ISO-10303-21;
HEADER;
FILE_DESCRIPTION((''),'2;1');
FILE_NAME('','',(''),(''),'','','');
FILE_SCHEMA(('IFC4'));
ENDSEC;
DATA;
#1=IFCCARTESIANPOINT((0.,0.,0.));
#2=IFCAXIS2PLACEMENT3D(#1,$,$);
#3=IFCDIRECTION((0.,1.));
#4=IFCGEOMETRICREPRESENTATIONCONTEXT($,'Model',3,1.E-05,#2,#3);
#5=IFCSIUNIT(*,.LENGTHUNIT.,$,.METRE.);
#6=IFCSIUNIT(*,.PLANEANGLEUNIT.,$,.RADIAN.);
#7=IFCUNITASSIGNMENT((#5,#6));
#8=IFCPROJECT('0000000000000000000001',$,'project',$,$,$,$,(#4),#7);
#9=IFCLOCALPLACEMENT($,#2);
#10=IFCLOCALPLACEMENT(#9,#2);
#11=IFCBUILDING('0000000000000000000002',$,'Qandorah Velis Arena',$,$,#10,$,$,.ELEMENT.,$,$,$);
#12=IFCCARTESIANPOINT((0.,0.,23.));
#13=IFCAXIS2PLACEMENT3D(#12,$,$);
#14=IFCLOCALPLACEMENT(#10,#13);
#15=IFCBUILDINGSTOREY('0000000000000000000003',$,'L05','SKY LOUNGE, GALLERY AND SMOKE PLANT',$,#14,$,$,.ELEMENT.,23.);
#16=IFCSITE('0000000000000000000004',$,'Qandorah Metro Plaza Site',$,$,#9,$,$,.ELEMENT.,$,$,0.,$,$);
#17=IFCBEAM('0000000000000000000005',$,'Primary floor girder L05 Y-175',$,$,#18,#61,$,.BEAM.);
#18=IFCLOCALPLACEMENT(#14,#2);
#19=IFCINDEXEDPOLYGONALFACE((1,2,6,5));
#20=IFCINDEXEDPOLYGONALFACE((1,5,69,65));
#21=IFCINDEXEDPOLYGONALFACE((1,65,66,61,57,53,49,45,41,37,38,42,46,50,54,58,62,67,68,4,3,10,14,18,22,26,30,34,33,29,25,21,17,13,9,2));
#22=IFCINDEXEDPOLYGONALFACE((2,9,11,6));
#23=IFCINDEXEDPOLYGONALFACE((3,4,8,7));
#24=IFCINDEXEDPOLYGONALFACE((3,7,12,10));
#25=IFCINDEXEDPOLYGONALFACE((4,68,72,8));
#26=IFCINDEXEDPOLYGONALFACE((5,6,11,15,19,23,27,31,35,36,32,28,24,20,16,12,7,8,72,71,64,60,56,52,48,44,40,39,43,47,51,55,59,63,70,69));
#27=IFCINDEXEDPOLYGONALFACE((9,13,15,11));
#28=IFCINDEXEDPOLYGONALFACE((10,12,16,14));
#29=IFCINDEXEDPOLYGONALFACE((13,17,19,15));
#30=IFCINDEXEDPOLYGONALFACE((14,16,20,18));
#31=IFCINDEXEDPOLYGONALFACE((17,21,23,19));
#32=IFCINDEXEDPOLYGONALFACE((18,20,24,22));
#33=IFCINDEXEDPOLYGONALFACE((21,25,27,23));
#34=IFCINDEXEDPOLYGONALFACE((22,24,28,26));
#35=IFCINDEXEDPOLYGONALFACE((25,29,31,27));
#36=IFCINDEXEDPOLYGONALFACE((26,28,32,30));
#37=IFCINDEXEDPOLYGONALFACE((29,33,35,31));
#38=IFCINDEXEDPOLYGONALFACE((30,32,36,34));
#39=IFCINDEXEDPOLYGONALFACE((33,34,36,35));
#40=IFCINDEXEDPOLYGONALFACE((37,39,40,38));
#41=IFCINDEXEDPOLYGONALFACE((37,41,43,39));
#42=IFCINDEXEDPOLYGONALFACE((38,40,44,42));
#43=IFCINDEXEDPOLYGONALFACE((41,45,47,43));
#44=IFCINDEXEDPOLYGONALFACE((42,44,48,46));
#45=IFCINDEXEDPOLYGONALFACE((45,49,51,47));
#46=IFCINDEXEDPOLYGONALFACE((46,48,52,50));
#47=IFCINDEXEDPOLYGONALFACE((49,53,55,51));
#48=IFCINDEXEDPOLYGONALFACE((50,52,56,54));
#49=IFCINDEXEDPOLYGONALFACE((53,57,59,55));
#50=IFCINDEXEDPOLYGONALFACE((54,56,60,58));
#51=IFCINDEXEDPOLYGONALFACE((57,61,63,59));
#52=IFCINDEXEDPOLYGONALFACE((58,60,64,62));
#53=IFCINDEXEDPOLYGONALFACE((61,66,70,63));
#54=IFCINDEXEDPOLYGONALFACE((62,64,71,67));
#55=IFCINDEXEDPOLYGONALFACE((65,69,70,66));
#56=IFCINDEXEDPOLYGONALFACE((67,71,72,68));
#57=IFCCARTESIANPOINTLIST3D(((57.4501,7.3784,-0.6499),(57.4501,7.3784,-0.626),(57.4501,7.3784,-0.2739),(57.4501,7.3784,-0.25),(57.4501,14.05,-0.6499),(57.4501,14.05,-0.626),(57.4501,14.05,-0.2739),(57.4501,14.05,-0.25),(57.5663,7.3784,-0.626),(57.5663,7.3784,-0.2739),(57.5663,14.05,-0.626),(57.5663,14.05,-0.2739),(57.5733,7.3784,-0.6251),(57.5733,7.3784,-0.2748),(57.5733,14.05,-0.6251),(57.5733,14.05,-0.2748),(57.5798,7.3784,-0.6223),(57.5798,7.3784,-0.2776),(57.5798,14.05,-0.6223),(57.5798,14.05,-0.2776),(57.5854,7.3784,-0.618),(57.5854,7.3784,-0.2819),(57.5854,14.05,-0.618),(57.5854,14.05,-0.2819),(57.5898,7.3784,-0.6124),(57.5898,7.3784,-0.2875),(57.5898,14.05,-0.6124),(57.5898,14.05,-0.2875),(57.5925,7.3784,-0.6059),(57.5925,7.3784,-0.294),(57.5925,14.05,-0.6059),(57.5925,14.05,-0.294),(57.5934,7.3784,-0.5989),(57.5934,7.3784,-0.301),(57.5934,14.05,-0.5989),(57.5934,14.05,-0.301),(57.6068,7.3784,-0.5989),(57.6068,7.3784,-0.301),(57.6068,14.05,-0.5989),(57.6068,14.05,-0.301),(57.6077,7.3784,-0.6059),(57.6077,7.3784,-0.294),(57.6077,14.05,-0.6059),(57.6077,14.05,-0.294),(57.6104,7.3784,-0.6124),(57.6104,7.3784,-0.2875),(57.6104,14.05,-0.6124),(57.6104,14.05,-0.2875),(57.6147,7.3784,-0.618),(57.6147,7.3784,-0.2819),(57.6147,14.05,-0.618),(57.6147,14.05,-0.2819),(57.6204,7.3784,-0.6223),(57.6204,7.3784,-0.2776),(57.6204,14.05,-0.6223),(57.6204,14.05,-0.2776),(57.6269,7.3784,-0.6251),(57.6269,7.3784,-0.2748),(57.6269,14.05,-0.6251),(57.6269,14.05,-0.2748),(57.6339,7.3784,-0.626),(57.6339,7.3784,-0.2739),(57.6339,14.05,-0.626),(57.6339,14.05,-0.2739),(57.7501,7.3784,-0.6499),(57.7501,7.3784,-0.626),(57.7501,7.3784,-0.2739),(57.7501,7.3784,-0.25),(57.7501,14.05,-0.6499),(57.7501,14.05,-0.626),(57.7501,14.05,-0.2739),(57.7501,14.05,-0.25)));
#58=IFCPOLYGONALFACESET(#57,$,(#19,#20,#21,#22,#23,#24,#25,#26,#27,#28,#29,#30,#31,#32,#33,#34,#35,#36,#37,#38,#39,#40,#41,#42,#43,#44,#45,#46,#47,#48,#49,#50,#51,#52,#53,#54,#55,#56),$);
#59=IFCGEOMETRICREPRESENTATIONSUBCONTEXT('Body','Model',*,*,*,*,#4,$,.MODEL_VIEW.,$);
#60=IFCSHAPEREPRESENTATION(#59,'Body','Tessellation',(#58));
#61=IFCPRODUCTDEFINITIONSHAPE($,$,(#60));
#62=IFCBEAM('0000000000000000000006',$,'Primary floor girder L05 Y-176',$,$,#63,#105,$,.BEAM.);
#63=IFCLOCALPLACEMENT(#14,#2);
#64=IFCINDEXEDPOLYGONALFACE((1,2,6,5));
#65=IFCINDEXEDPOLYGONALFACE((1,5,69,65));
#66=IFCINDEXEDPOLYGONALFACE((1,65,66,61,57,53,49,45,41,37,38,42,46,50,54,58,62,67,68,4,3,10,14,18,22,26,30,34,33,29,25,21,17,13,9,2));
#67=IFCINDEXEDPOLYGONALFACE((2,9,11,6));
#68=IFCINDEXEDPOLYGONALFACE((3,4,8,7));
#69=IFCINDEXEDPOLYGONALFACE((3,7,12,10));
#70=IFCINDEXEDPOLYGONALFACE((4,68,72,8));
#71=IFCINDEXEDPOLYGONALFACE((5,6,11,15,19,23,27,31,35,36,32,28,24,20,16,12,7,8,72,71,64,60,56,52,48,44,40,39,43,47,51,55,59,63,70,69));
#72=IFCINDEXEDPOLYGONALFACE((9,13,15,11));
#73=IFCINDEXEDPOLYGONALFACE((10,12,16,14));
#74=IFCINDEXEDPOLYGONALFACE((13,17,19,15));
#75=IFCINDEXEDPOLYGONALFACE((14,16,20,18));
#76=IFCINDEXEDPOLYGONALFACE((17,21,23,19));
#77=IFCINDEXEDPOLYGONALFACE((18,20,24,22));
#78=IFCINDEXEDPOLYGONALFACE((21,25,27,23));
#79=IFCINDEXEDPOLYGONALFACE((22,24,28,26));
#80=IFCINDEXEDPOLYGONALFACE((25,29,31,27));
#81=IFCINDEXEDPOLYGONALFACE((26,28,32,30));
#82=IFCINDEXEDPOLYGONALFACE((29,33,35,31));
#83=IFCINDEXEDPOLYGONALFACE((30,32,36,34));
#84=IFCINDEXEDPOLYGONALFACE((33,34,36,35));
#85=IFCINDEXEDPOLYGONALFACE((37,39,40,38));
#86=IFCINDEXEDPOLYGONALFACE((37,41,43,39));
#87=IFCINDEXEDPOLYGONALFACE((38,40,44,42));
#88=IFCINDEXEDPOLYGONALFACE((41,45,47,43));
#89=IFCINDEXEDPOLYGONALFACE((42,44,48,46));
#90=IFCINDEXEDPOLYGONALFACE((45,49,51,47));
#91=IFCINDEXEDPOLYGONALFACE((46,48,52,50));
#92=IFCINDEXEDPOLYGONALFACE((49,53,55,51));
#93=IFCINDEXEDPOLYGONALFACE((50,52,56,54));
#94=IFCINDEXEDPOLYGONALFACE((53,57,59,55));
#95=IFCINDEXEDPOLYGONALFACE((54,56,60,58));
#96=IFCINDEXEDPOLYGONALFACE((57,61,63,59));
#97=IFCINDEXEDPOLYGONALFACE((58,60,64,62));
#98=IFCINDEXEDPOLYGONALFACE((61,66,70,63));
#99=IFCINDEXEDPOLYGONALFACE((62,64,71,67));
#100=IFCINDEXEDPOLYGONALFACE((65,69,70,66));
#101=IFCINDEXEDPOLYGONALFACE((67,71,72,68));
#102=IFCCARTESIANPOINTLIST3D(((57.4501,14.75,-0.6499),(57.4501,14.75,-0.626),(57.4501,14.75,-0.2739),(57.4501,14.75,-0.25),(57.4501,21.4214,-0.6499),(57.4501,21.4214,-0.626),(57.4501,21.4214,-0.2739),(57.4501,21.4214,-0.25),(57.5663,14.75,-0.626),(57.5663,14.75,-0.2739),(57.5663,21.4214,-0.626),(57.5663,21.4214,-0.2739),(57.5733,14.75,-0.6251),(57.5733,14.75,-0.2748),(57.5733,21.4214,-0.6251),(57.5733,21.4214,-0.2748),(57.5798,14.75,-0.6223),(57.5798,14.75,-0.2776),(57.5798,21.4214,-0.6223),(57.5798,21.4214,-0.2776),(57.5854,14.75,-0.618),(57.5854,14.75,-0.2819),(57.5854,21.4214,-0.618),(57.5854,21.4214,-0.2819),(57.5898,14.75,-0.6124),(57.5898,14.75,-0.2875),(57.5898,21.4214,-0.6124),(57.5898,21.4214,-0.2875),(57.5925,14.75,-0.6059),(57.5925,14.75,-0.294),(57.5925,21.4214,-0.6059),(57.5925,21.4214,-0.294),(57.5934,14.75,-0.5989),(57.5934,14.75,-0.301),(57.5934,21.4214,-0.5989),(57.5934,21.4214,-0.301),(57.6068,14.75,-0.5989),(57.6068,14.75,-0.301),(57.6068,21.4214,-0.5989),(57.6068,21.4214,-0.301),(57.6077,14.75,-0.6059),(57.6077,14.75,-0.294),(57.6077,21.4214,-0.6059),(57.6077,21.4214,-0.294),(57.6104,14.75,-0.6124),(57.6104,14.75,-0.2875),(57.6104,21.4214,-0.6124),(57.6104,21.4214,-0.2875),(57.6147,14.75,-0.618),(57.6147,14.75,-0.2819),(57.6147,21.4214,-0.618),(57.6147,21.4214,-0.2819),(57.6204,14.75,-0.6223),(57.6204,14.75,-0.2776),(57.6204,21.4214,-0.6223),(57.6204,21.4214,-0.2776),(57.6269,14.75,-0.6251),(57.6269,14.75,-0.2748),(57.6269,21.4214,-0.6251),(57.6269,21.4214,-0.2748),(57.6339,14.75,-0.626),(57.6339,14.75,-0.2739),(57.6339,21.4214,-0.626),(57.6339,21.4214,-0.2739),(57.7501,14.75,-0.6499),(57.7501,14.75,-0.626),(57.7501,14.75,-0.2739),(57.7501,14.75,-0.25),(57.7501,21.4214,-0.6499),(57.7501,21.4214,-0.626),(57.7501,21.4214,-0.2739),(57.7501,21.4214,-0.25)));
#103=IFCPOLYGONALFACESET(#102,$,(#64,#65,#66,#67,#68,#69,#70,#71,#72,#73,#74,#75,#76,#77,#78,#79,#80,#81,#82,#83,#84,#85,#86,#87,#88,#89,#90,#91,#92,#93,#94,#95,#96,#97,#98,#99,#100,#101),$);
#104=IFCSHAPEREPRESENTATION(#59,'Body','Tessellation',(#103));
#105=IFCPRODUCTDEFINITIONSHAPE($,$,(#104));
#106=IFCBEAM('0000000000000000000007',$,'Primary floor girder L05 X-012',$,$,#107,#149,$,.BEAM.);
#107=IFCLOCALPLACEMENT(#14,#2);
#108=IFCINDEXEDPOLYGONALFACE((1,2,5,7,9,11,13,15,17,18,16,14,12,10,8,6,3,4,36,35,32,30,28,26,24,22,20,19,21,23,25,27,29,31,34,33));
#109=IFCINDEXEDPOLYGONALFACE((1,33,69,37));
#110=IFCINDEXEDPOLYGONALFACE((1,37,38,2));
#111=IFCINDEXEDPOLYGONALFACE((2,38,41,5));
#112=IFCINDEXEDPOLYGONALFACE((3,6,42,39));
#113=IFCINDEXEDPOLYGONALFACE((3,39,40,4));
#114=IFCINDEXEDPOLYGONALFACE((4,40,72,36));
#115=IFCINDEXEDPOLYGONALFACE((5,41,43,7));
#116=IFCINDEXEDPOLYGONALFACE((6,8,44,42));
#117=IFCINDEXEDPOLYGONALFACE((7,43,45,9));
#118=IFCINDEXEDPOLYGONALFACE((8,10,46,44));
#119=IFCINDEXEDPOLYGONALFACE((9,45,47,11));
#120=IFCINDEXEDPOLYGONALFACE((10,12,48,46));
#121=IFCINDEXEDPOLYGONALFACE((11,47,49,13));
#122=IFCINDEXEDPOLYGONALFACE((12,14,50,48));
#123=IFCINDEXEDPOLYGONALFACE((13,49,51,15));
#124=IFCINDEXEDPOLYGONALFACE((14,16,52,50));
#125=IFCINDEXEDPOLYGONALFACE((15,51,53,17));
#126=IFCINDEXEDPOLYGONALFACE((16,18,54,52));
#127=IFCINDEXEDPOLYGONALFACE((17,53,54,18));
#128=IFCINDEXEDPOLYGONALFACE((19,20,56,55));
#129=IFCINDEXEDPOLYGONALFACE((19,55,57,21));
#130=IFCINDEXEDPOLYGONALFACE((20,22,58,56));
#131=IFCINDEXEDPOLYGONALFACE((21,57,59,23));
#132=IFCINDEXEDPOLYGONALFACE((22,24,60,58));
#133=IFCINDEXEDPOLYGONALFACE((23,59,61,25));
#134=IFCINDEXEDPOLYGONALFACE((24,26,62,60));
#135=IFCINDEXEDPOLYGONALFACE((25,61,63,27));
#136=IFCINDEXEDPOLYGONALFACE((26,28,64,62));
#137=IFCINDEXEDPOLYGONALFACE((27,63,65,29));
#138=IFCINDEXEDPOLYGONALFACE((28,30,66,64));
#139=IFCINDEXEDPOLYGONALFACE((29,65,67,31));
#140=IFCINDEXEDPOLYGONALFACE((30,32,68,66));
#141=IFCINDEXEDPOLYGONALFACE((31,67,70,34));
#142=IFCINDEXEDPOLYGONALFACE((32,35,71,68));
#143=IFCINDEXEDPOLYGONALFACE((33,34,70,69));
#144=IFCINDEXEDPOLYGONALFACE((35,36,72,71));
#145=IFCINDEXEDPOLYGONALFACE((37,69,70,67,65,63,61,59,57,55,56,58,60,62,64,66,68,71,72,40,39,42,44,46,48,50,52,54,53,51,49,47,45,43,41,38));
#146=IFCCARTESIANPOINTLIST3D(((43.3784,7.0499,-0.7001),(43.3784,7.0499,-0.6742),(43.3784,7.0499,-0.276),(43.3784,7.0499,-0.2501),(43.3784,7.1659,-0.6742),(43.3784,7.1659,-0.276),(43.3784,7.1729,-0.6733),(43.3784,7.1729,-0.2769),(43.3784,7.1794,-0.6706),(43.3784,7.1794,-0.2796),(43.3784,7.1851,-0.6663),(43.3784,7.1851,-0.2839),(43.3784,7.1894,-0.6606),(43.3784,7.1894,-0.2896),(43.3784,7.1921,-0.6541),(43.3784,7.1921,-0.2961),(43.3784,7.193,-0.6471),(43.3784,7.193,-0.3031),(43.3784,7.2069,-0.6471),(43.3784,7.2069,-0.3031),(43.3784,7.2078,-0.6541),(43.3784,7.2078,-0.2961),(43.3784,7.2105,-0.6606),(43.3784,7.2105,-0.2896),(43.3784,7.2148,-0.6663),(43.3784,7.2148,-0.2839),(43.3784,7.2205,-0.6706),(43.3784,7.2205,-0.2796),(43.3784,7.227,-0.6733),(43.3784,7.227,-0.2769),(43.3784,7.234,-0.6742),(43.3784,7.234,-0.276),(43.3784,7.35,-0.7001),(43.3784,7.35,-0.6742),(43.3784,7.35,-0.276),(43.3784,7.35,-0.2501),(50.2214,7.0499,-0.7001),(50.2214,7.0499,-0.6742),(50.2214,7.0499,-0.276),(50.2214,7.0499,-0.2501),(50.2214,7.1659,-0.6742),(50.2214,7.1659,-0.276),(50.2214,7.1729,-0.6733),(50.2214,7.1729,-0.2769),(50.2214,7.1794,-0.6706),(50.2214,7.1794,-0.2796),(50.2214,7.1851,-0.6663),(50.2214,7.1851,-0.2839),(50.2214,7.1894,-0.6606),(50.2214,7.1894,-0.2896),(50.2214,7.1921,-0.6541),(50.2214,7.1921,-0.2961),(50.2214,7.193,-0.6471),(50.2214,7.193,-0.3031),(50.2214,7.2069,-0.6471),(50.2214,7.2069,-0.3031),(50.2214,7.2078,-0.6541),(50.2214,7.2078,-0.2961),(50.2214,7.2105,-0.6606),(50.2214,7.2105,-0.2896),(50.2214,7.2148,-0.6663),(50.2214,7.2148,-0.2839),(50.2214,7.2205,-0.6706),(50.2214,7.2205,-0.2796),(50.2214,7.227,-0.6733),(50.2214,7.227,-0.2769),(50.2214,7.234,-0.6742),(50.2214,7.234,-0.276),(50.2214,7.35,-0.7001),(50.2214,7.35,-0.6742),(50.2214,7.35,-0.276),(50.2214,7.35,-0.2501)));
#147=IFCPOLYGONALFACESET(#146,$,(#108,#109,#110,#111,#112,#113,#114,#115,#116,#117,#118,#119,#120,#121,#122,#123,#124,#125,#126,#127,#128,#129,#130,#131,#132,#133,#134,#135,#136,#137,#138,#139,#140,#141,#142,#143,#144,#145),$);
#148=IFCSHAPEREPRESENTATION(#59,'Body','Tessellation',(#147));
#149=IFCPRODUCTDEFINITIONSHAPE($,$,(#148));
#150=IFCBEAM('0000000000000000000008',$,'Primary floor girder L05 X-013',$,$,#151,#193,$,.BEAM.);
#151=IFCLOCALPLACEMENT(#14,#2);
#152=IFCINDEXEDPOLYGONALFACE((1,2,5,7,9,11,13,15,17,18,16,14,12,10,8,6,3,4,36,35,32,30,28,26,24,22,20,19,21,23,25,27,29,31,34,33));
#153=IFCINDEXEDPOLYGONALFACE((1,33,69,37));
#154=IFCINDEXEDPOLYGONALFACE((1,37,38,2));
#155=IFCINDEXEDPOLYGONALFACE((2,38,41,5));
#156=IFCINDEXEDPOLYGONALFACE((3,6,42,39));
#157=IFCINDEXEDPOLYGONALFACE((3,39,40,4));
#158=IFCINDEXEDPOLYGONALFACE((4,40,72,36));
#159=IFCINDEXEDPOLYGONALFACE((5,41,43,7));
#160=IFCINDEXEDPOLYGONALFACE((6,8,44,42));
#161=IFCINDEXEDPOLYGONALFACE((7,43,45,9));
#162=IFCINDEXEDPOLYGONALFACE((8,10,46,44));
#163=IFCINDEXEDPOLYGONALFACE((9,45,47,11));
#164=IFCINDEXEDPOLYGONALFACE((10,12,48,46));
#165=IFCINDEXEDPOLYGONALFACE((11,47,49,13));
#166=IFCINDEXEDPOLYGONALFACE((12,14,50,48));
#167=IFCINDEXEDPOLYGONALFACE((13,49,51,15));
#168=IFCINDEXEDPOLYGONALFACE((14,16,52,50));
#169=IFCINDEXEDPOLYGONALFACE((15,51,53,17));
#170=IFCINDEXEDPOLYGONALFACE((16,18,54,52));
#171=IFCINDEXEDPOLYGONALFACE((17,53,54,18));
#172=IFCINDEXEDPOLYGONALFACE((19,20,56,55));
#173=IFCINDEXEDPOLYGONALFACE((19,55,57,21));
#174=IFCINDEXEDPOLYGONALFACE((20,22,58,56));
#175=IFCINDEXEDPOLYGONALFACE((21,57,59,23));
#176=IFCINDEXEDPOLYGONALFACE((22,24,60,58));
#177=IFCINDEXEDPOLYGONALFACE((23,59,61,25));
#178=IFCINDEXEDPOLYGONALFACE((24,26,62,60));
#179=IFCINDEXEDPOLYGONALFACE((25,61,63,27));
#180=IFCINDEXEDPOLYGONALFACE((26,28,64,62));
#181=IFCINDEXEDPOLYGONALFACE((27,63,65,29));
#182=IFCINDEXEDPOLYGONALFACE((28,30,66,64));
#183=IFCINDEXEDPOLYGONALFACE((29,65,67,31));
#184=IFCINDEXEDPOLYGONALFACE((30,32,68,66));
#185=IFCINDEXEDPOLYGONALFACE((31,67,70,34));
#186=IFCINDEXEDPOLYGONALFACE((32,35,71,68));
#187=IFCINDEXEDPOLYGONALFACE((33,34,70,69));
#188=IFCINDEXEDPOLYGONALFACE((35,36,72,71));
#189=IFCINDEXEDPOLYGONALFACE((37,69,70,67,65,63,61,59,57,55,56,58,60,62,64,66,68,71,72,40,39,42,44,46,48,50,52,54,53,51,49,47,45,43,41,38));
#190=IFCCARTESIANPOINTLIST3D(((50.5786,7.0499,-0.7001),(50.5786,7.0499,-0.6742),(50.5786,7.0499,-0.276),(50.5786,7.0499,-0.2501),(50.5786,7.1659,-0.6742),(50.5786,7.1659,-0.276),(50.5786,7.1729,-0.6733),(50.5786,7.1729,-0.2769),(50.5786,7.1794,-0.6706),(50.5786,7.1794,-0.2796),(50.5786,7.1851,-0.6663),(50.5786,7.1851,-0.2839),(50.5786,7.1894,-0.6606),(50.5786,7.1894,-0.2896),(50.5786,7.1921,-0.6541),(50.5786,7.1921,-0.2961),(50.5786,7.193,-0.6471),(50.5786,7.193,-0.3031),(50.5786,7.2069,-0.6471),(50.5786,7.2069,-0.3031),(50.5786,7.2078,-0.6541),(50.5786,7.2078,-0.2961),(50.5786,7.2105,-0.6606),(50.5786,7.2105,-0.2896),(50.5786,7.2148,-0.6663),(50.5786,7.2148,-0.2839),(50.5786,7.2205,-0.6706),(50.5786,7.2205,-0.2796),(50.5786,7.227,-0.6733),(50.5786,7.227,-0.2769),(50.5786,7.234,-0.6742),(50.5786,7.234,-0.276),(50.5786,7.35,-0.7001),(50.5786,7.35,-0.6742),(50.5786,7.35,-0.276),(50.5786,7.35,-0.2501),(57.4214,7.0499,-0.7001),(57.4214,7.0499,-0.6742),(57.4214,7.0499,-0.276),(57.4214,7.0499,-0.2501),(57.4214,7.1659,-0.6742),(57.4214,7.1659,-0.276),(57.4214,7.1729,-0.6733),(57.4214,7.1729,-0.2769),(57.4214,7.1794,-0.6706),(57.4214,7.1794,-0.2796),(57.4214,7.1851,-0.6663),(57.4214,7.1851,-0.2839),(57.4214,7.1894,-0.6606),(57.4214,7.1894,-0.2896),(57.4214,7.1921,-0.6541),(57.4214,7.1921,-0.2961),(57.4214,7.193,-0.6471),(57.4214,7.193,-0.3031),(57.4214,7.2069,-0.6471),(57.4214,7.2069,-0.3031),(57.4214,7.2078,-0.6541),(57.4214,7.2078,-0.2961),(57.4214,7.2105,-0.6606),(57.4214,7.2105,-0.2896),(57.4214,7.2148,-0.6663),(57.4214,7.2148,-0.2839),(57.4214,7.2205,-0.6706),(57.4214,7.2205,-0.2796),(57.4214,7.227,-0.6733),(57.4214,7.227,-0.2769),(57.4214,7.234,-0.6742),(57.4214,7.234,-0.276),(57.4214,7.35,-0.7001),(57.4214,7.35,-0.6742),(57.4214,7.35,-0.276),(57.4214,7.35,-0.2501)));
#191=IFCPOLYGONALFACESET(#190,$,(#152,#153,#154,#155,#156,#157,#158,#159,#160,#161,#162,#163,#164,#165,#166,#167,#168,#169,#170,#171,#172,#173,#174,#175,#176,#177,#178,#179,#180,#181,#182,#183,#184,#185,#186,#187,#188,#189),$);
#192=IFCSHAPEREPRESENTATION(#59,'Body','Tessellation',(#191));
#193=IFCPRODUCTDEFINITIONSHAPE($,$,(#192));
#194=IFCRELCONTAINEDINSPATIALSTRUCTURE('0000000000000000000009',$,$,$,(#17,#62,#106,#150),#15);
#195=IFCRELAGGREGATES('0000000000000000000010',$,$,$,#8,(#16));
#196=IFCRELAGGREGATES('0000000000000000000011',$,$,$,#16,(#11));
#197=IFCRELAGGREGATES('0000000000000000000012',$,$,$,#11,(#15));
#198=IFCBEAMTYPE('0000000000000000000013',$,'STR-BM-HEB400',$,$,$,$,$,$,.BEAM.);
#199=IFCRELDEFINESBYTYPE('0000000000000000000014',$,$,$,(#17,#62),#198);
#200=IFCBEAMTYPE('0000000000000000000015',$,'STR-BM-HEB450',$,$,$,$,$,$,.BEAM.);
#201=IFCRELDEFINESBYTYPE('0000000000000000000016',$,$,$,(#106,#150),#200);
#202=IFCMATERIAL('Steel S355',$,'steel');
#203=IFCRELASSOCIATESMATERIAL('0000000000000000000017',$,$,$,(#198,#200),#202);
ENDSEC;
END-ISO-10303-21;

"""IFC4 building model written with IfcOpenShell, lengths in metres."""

from ifc_helpers import new_model, si_unit, direction, frame, origin, origin_2d, place, context, subcontext, project, spatial, i_section, extrude, material, material_profile, profile_set, type_object, element, save


model = new_model("IFC4")

# Units and contexts
model_context = context("Model", 3, precision=1e-05, world=origin(), true_north=direction((0.0, 1.0)))
body_context = subcontext(model_context, "Body", "Model", "MODEL_VIEW")
ifc_project = project(units=[si_unit("LENGTHUNIT", "METRE"), si_unit("PLANEANGLEUNIT", "RADIAN")], contexts=[model_context])

# Site, building, storey
site_placement = place(None, origin())
site = spatial("IfcSite", under=ifc_project, at=site_placement, Name="Qandorah Metro Plaza Site", CompositionType="ELEMENT", RefElevation=0.0)
building_placement = place(site_placement, origin())
building = spatial("IfcBuilding", under=site, at=building_placement, Name="Qandorah Velis Arena", CompositionType="ELEMENT")
storey_placement = place(building_placement, frame((0.0, 0.0, 23.0)))
storey = spatial("IfcBuildingStorey", under=building, at=storey_placement, Name="L05", Description="SKY LOUNGE, GALLERY AND SMOKE PLANT", CompositionType="ELEMENT", Elevation=23.0)

# Beams
ifc_material_1 = material(Name="Steel S355", Category="steel")
ifc_material_profile_1 = material_profile(ifc_material_1, i_section(OverallWidth=0.3, OverallDepth=0.3999, WebThickness=0.0134, FlangeThickness=0.0239, FilletRadius=0.0271, at=origin_2d()), Name="HEB 400")
ifc_profile_set_1 = profile_set([ifc_material_profile_1], Name="Steel S355")
beam_type_1 = type_object("IfcBeamType", Name="STR-BM-HEB400", PredefinedType="BEAM", material=ifc_profile_set_1)
beam_1_placement = place(storey_placement, frame((57.6001, 7.3784, -0.45), z_axis=(0.0, 1.0, 0.0), x_axis=(-1.0, 0.0, 0.0)))
element("IfcBeam", 1, at=beam_1_placement, inside=storey, type_object=beam_type_1, Name="Primary floor girder L05 Y-175", PredefinedType="BEAM", context=body_context, shape_type="SweptSolid", body=[
    extrude(i_section(OverallWidth=0.3, OverallDepth=0.3999, WebThickness=0.0134, FlangeThickness=0.0239, FilletRadius=0.0271, at=origin_2d()), origin(), (0.0, 0.0, 1.0), 6.6716),
])
beam_2_placement = place(storey_placement, frame((57.6001, 14.75, -0.45), z_axis=(0.0, 1.0, 0.0), x_axis=(-1.0, 0.0, 0.0)))
element("IfcBeam", 2, at=beam_2_placement, inside=storey, type_object=beam_type_1, Name="Primary floor girder L05 Y-176", PredefinedType="BEAM", context=body_context, shape_type="SweptSolid", body=[
    extrude(i_section(OverallWidth=0.3, OverallDepth=0.3999, WebThickness=0.0134, FlangeThickness=0.0239, FilletRadius=0.0271, at=origin_2d()), origin(), (0.0, 0.0, 1.0), 6.6714),
])
ifc_material_profile_2 = material_profile(ifc_material_1, i_section(OverallWidth=0.3, OverallDepth=0.45, WebThickness=0.0139, FlangeThickness=0.0259, FilletRadius=0.0271, at=origin_2d()), Name="HEB 450")
ifc_profile_set_2 = profile_set([ifc_material_profile_2], Name="Steel S355")
beam_type_2 = type_object("IfcBeamType", Name="STR-BM-HEB450", PredefinedType="BEAM", material=ifc_profile_set_2)
beam_3_placement = place(storey_placement, frame((43.3784, 7.2, -0.4751), z_axis=(1.0, 0.0, 0.0), x_axis=(0.0, 1.0, 0.0)))
element("IfcBeam", 3, at=beam_3_placement, inside=storey, type_object=beam_type_2, Name="Primary floor girder L05 X-012", PredefinedType="BEAM", context=body_context, shape_type="SweptSolid", body=[
    extrude(i_section(OverallWidth=0.3, OverallDepth=0.45, WebThickness=0.0139, FlangeThickness=0.0259, FilletRadius=0.0271, at=origin_2d()), origin(), (0.0, 0.0, 1.0), 6.843),
])
beam_4_placement = place(storey_placement, frame((50.5786, 7.2, -0.4751), z_axis=(1.0, 0.0, 0.0), x_axis=(0.0, 1.0, 0.0)))
element("IfcBeam", 4, at=beam_4_placement, inside=storey, type_object=beam_type_2, Name="Primary floor girder L05 X-013", PredefinedType="BEAM", context=body_context, shape_type="SweptSolid", body=[
    extrude(i_section(OverallWidth=0.3, OverallDepth=0.45, WebThickness=0.0139, FlangeThickness=0.0259, FilletRadius=0.0271, at=origin_2d()), origin(), (0.0, 0.0, 1.0), 6.8428),
])

save(model, "model.ifc")
